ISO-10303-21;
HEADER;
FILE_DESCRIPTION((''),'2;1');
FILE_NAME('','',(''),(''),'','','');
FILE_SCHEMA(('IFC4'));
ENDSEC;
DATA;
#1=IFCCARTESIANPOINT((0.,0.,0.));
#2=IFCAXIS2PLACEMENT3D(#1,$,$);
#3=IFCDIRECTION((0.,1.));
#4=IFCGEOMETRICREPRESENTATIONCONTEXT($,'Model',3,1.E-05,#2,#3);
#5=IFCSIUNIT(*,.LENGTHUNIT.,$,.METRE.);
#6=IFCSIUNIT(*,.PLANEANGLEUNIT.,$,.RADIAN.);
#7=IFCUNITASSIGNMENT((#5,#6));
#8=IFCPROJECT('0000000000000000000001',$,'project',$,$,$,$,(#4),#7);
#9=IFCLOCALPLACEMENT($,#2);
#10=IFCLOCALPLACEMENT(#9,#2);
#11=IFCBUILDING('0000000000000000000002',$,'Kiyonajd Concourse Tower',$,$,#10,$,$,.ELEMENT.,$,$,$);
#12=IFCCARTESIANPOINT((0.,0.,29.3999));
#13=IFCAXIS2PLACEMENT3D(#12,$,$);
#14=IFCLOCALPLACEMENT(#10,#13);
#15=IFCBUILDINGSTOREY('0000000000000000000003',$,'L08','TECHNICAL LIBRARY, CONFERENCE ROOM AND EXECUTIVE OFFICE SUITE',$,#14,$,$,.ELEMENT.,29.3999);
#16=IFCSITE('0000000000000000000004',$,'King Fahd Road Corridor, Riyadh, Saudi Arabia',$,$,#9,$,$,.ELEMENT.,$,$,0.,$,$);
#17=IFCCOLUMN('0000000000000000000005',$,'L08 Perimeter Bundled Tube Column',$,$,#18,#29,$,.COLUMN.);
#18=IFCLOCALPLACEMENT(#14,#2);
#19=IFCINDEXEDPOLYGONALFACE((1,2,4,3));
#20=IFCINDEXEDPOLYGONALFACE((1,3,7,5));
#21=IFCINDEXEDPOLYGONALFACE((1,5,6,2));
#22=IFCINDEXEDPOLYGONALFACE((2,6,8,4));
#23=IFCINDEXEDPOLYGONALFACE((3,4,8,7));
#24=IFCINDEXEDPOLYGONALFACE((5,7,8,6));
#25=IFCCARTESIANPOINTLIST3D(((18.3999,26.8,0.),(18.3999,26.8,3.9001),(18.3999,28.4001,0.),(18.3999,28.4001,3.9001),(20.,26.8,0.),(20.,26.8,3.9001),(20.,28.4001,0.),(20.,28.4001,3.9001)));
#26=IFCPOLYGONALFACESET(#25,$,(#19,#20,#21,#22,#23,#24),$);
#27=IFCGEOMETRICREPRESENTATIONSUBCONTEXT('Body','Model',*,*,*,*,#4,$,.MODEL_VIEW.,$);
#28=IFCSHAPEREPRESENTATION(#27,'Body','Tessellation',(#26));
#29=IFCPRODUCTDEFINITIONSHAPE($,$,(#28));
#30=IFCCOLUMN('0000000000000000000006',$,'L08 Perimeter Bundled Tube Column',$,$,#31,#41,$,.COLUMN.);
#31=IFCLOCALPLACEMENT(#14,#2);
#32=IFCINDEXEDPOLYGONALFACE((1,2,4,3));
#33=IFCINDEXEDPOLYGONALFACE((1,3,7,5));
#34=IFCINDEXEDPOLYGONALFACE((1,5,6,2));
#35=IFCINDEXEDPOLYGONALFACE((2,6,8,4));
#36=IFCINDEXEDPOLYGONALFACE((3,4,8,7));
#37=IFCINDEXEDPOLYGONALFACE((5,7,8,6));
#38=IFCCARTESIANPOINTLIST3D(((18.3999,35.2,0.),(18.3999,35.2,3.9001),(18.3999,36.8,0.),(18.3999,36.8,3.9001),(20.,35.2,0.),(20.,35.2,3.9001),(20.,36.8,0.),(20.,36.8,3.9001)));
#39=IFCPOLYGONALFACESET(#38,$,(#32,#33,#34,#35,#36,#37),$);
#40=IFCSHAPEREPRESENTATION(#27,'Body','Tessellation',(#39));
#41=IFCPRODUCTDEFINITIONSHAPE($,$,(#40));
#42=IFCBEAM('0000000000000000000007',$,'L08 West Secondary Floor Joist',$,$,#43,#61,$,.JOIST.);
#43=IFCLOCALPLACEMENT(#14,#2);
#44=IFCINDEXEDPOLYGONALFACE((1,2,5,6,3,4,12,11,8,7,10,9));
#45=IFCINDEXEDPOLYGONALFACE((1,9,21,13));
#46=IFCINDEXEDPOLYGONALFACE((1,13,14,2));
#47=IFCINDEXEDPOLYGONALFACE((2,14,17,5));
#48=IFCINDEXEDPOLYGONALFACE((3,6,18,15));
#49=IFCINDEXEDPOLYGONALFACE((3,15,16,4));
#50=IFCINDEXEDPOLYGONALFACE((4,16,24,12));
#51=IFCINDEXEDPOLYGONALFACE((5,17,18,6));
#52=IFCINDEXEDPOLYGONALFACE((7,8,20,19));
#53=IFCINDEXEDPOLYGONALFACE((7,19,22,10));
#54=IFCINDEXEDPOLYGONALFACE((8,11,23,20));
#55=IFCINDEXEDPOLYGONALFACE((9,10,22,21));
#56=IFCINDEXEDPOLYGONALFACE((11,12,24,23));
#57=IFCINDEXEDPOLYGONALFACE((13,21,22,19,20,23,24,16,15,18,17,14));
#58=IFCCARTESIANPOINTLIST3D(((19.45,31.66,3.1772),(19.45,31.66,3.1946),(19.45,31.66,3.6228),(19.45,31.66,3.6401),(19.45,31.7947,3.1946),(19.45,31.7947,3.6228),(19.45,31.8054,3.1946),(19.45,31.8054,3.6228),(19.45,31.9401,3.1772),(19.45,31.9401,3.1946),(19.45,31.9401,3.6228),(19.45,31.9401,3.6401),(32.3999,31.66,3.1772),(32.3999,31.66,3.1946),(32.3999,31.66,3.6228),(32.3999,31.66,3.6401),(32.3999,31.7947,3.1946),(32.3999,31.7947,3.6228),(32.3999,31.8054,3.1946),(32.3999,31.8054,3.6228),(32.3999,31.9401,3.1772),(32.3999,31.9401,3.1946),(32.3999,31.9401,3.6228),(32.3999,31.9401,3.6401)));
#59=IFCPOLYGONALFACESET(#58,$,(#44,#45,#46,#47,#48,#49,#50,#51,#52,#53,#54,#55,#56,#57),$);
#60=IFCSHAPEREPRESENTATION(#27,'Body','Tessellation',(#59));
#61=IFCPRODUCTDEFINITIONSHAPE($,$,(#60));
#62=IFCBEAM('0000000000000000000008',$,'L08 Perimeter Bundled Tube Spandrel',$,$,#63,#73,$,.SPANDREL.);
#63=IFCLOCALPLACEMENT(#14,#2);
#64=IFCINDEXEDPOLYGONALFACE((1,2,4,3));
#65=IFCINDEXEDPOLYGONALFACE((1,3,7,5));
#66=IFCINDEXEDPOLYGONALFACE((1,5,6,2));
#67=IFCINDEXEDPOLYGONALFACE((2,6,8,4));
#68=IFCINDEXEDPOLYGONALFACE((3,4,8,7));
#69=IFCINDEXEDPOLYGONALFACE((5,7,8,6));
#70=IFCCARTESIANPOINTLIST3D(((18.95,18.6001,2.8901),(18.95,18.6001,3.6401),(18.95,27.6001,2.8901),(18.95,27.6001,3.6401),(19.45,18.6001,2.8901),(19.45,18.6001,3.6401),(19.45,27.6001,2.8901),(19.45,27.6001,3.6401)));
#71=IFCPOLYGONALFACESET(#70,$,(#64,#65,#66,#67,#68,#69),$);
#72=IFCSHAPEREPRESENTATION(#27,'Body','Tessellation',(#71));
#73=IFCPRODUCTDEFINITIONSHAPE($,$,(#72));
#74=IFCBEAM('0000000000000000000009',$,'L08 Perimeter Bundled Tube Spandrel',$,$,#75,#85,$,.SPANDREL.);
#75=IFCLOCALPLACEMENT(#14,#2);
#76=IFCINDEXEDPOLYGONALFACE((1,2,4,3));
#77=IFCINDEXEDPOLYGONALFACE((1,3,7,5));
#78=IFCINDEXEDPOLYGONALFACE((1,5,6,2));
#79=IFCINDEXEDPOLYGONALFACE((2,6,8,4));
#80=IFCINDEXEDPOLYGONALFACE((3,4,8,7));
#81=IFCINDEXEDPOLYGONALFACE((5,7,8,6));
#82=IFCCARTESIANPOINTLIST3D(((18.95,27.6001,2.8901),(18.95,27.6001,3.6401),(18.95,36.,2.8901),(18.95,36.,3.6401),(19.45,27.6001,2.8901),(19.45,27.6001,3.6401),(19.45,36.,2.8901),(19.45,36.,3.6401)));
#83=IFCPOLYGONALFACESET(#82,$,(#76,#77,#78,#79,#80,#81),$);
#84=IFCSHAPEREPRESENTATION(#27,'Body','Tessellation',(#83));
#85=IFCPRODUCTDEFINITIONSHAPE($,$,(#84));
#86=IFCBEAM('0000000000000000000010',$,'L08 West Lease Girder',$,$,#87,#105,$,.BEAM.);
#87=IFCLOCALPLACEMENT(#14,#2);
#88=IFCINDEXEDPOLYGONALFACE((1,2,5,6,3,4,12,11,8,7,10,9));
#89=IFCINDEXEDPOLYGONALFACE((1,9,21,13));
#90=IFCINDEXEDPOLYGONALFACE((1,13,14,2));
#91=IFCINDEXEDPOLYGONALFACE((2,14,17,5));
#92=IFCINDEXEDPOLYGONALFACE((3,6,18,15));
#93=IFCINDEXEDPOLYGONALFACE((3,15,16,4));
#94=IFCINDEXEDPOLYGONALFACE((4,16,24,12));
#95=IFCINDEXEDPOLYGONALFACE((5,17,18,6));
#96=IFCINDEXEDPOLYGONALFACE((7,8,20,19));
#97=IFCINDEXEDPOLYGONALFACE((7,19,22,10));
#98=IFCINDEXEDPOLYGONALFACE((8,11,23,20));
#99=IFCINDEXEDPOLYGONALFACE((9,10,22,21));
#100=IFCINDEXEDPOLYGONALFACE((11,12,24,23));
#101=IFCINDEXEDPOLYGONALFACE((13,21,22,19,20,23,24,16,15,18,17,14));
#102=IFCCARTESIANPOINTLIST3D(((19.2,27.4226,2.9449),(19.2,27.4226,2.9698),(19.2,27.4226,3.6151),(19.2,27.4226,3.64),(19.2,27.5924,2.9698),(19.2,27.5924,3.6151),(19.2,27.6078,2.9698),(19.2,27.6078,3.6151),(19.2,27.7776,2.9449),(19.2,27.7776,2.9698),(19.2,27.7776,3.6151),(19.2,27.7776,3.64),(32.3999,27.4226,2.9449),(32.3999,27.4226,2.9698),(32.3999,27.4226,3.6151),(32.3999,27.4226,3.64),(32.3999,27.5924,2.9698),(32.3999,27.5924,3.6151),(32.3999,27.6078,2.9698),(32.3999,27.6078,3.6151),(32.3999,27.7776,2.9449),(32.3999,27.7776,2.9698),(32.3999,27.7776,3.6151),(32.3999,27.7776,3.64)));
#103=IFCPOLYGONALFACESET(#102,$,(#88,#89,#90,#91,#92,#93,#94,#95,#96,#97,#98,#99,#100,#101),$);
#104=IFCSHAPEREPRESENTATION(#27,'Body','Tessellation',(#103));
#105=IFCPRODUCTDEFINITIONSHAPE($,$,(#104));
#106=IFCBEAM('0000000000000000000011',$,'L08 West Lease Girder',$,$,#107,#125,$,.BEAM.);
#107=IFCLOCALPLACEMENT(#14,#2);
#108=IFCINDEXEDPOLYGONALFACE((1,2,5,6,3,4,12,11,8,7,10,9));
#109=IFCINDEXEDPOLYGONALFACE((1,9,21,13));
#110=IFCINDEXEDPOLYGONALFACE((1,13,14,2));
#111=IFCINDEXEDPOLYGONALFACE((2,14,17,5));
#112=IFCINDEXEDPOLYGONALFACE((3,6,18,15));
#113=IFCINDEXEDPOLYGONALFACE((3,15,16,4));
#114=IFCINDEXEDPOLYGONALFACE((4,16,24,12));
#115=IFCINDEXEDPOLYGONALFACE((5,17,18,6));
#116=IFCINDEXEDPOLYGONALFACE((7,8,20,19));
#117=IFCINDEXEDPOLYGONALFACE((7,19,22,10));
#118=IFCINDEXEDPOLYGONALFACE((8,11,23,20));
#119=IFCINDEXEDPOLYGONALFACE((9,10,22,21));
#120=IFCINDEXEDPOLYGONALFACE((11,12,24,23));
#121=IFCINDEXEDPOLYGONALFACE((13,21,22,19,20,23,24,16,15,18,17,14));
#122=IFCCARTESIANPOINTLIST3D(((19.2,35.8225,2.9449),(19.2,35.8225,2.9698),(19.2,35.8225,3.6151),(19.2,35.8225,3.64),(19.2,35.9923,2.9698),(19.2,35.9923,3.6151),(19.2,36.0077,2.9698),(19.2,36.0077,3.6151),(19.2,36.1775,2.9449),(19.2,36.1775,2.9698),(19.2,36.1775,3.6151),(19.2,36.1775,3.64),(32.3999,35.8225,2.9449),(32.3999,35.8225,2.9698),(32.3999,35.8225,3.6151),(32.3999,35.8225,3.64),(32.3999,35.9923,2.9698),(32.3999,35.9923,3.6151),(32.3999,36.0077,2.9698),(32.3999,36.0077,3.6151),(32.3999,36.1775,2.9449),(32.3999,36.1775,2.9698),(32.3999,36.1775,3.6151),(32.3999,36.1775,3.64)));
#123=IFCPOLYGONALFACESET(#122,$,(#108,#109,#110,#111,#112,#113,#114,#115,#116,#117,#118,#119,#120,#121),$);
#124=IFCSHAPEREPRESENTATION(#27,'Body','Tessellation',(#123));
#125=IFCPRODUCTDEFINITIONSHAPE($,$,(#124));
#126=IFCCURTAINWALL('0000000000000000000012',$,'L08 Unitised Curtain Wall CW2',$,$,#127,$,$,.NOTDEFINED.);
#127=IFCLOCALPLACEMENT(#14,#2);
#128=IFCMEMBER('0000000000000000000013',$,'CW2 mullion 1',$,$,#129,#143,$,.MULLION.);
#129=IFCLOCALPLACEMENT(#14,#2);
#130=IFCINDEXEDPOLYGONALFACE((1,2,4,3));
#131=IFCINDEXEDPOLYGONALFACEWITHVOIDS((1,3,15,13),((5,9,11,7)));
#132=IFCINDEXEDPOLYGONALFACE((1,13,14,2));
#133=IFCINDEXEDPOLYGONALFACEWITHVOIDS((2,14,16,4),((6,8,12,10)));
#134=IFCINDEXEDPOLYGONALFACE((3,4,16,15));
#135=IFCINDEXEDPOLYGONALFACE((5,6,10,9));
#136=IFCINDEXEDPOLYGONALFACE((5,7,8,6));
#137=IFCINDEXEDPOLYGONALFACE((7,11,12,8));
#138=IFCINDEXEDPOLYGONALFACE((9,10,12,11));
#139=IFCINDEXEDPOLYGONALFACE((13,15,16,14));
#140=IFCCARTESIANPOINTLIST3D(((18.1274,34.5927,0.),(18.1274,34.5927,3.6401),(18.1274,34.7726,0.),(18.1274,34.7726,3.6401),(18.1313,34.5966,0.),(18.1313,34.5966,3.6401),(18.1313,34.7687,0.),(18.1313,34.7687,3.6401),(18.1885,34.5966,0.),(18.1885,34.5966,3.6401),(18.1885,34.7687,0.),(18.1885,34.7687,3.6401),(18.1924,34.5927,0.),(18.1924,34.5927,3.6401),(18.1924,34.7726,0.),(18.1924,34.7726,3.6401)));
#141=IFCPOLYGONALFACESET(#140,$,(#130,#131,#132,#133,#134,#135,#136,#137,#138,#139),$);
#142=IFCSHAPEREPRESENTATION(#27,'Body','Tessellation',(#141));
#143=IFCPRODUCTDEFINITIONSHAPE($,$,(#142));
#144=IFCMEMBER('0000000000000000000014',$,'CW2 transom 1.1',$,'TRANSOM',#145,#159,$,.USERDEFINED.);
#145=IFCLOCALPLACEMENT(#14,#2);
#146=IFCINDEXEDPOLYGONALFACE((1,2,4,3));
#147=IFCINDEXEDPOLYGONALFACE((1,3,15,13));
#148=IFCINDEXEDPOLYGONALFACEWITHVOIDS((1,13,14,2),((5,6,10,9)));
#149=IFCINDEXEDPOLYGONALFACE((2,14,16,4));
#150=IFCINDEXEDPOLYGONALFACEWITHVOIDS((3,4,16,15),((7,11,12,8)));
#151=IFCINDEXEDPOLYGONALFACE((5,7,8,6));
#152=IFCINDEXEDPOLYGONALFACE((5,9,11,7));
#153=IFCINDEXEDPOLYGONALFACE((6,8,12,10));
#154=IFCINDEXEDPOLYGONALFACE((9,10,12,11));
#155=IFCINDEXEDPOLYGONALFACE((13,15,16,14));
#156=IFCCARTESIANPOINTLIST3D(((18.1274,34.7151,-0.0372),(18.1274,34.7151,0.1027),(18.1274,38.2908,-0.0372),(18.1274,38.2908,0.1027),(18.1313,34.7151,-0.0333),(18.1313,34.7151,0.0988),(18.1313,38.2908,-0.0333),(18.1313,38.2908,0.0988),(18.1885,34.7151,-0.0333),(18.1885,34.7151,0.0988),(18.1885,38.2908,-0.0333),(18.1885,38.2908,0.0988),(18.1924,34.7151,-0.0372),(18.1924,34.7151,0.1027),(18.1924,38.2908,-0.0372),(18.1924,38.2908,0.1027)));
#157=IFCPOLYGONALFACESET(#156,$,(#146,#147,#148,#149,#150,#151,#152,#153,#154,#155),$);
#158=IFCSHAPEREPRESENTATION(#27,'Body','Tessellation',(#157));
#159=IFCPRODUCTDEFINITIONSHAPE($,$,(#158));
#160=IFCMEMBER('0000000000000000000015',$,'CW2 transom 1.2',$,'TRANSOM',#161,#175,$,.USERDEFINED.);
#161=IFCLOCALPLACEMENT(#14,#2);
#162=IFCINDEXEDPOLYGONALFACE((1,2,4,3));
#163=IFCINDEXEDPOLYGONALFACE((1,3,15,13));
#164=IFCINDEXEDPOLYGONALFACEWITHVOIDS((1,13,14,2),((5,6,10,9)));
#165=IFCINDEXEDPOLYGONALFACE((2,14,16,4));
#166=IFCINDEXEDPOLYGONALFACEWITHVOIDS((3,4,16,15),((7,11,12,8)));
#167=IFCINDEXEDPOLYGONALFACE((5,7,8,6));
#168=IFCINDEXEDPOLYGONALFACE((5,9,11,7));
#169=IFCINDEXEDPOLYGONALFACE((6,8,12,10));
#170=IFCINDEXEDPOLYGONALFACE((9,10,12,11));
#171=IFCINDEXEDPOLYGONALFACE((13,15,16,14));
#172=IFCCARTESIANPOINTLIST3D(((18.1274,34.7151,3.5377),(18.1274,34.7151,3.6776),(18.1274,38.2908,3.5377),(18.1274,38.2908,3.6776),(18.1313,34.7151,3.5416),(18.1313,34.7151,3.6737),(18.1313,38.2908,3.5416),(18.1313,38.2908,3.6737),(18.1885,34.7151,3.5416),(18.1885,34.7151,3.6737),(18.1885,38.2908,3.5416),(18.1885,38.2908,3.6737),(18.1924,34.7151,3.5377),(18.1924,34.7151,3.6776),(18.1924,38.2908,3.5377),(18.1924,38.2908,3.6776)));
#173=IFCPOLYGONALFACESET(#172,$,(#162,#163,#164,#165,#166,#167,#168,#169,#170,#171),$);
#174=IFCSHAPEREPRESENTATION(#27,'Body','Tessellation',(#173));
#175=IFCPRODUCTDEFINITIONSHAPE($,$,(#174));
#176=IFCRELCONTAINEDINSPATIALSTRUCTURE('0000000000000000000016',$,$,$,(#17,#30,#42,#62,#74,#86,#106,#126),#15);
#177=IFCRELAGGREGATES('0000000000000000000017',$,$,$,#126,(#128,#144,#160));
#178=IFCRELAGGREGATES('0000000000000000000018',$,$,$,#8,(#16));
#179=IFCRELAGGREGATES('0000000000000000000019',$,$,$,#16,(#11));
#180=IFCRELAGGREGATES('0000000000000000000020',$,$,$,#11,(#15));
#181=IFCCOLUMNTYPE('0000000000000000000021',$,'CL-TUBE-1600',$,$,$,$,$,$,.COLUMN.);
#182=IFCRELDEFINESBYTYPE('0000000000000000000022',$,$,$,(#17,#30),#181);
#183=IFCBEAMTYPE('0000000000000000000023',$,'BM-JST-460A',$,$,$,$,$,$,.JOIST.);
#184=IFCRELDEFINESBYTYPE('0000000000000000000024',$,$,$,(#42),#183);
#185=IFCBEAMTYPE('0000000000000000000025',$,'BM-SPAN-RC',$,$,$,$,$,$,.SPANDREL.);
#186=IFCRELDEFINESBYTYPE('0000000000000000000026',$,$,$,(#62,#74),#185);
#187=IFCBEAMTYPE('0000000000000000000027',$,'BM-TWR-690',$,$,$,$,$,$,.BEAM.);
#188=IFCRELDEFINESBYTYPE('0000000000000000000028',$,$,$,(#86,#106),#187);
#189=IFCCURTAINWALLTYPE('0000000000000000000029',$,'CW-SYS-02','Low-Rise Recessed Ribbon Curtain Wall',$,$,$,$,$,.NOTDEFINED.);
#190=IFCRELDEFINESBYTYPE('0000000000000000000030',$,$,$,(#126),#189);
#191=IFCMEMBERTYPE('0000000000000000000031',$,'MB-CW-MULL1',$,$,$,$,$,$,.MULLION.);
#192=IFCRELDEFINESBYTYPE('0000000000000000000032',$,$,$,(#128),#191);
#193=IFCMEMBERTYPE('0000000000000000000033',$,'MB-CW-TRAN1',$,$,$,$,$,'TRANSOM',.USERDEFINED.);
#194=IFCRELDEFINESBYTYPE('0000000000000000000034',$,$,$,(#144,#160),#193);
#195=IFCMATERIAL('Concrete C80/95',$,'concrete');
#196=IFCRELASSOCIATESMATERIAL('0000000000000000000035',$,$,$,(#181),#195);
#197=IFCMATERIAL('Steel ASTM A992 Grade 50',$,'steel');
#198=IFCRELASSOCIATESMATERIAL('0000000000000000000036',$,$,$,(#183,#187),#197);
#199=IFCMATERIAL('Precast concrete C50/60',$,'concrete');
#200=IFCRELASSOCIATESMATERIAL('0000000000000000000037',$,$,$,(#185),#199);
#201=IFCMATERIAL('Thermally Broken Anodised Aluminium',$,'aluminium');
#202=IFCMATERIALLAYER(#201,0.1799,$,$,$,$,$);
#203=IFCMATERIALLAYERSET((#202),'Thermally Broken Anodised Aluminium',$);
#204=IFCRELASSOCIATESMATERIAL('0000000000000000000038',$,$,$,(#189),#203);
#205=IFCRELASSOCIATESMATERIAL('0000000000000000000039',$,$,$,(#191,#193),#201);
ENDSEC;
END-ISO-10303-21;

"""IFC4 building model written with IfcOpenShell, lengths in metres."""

from ifc_helpers import new_model, si_unit, direction, frame, origin, origin_2d, place, context, subcontext, project, spatial, rectangle, hollow_rectangle, i_section, extrude, material, layer, layer_set, material_profile, profile_set, type_object, element, aggregate, save


model = new_model("IFC4")

# Units and contexts
model_context = context("Model", 3, precision=1e-05, world=origin(), true_north=direction((0.0, 1.0)))
body_context = subcontext(model_context, "Body", "Model", "MODEL_VIEW")
ifc_project = project(units=[si_unit("LENGTHUNIT", "METRE"), si_unit("PLANEANGLEUNIT", "RADIAN")], contexts=[model_context])

# Site, building, storey
site_placement = place(None, origin())
site = spatial("IfcSite", under=ifc_project, at=site_placement, Name="King Fahd Road Corridor, Riyadh, Saudi Arabia", CompositionType="ELEMENT", RefElevation=0.0)
building_placement = place(site_placement, origin())
building = spatial("IfcBuilding", under=site, at=building_placement, Name="Kiyonajd Concourse Tower", CompositionType="ELEMENT")
storey_placement = place(building_placement, frame((0.0, 0.0, 29.3999)))
storey = spatial("IfcBuildingStorey", under=building, at=storey_placement, Name="L08", Description="TECHNICAL LIBRARY, CONFERENCE ROOM AND EXECUTIVE OFFICE SUITE", CompositionType="ELEMENT", Elevation=29.3999)

# Columns
ifc_material_1 = material(Name="Concrete C80/95", Category="concrete")
ifc_material_profile_1 = material_profile(ifc_material_1, rectangle(XDim=1.6001, YDim=1.6001, at=origin_2d()), Name="RC-1600x1600")
ifc_profile_set_1 = profile_set([ifc_material_profile_1], Name="Concrete C80/95")
column_type = type_object("IfcColumnType", Name="CL-TUBE-1600", PredefinedType="COLUMN", material=ifc_profile_set_1)
for number, where, z_axis, x_axis, name in (
    (1, (19.2, 27.6001, 0.0), (0.0, 0.0, 1.0), (1.0, 0.0, 0.0), "L08 Perimeter Bundled Tube Column"),
    (2, (19.2, 36.0, 0.0), (0.0, 0.0, 1.0), (1.0, 0.0, 0.0), "L08 Perimeter Bundled Tube Column"),
):
    element("IfcColumn", number, at=place(storey_placement, frame(where, z_axis=z_axis, x_axis=x_axis)), inside=storey, type_object=column_type, Name=name, PredefinedType="COLUMN", context=body_context, shape_type="SweptSolid", body=[
        extrude(rectangle(XDim=1.6001, YDim=1.6001, at=origin_2d()), origin(), (0.0, 0.0, 1.0), 3.9001),
    ])

# Beams
ifc_material_2 = material(Name="Steel ASTM A992 Grade 50", Category="steel")
ifc_material_profile_2 = material_profile(ifc_material_2, i_section(OverallWidth=0.28, OverallDepth=0.4629, WebThickness=0.0107, FlangeThickness=0.0173, at=origin_2d()), Name="W460X113")
ifc_profile_set_2 = profile_set([ifc_material_profile_2], Name="Steel ASTM A992 Grade 50")
beam_type_1 = type_object("IfcBeamType", Name="BM-JST-460A", PredefinedType="JOIST", material=ifc_profile_set_2)
beam_1_placement = place(storey_placement, frame((19.45, 31.8, 3.4087), z_axis=(1.0, 0.0, 0.0), x_axis=(0.0, 1.0, 0.0)))
element("IfcBeam", 3, at=beam_1_placement, inside=storey, type_object=beam_type_1, Name="L08 West Secondary Floor Joist", PredefinedType="JOIST", context=body_context, shape_type="SweptSolid", body=[
    extrude(i_section(OverallWidth=0.28, OverallDepth=0.4629, WebThickness=0.0107, FlangeThickness=0.0173, at=origin_2d()), origin(), (0.0, 0.0, 1.0), 12.95),
])
ifc_material_3 = material(Name="Precast concrete C50/60", Category="concrete")
ifc_material_profile_3 = material_profile(ifc_material_3, rectangle(XDim=0.5, YDim=0.75, at=origin_2d()), Name="RCBM-500x750")
ifc_profile_set_3 = profile_set([ifc_material_profile_3], Name="Precast concrete C50/60")
beam_type_2 = type_object("IfcBeamType", Name="BM-SPAN-RC", PredefinedType="SPANDREL", material=ifc_profile_set_3)
beam_2_placement = place(storey_placement, frame((19.2, 27.6001, 3.2651), z_axis=(0.0, -1.0, 0.0), x_axis=(1.0, 0.0, 0.0)))
element("IfcBeam", 4, at=beam_2_placement, inside=storey, type_object=beam_type_2, Name="L08 Perimeter Bundled Tube Spandrel", PredefinedType="SPANDREL", context=body_context, shape_type="SweptSolid", body=[
    extrude(rectangle(XDim=0.5, YDim=0.75, at=origin_2d()), origin(), (0.0, 0.0, 1.0), 9.0),
])
beam_3_placement = place(storey_placement, frame((19.2, 36.0, 3.2651), z_axis=(0.0, -1.0, 0.0), x_axis=(1.0, 0.0, 0.0)))
element("IfcBeam", 5, at=beam_3_placement, inside=storey, type_object=beam_type_2, Name="L08 Perimeter Bundled Tube Spandrel", PredefinedType="SPANDREL", context=body_context, shape_type="SweptSolid", body=[
    extrude(rectangle(XDim=0.5, YDim=0.75, at=origin_2d()), origin(), (0.0, 0.0, 1.0), 8.3999),
])
ifc_material_profile_4 = material_profile(ifc_material_2, i_section(OverallWidth=0.355, OverallDepth=0.6951, WebThickness=0.0154, FlangeThickness=0.0249, at=origin_2d()), Name="W690X217")
ifc_profile_set_4 = profile_set([ifc_material_profile_4], Name="Steel ASTM A992 Grade 50")
beam_type_3 = type_object("IfcBeamType", Name="BM-TWR-690", PredefinedType="BEAM", material=ifc_profile_set_4)
for number, where, z_axis, x_axis, name in (
    (6, (19.2, 27.6001, 3.2925), (1.0, 0.0, 0.0), (0.0, 1.0, 0.0), "L08 West Lease Girder"),
    (7, (19.2, 36.0, 3.2925), (1.0, 0.0, 0.0), (0.0, 1.0, 0.0), "L08 West Lease Girder"),
):
    element("IfcBeam", number, at=place(storey_placement, frame(where, z_axis=z_axis, x_axis=x_axis)), inside=storey, type_object=beam_type_3, Name=name, PredefinedType="BEAM", context=body_context, shape_type="SweptSolid", body=[
        extrude(i_section(OverallWidth=0.355, OverallDepth=0.6951, WebThickness=0.0154, FlangeThickness=0.0249, at=origin_2d()), origin(), (0.0, 0.0, 1.0), 13.2),
    ])

# Curtain wall, members
ifc_material_4 = material(Name="Thermally Broken Anodised Aluminium", Category="aluminium")
ifc_layer_1 = layer(ifc_material_4, 0.1799)
ifc_layer_set_1 = layer_set([ifc_layer_1], Name="Thermally Broken Anodised Aluminium")
curtain_wall_type = type_object("IfcCurtainWallType", Name="CW-SYS-02", Description="Low-Rise Recessed Ribbon Curtain Wall", PredefinedType="NOTDEFINED", material=ifc_layer_set_1)
curtain_wall_placement = place(storey_placement, origin())
curtain_wall = element("IfcCurtainWall", 8, at=curtain_wall_placement, inside=storey, type_object=curtain_wall_type, Name="L08 Unitised Curtain Wall CW2", PredefinedType="NOTDEFINED")
ifc_material_profile_5 = material_profile(ifc_material_4, hollow_rectangle(XDim=0.0649, YDim=0.1799, WallThickness=0.0039, at=origin_2d()), Name="MULL-65x180")
ifc_profile_set_5 = profile_set([ifc_material_profile_5], Name="Thermally Broken Anodised Aluminium")
member_type_1 = type_object("IfcMemberType", Name="MB-CW-MULL1", PredefinedType="MULLION", material=ifc_profile_set_5)
member_1_placement = place(storey_placement, frame((18.1599, 34.6826, 0.0), z_axis=(0.0, 0.0, 1.0), x_axis=(-1.0, 0.0, 0.0)))
member_1 = element("IfcMember", 9, at=member_1_placement, type_object=member_type_1, Name="CW2 mullion 1", PredefinedType="MULLION", context=body_context, shape_type="SweptSolid", body=[
    extrude(hollow_rectangle(XDim=0.0649, YDim=0.1799, WallThickness=0.0039, at=origin_2d()), origin(), (0.0, 0.0, 1.0), 3.6401),
])
ifc_material_profile_6 = material_profile(ifc_material_4, hollow_rectangle(XDim=0.0649, YDim=0.1399, WallThickness=0.0039, at=origin_2d()), Name="TRAN-65x140")
ifc_profile_set_6 = profile_set([ifc_material_profile_6], Name="Thermally Broken Anodised Aluminium")
member_type_2 = type_object("IfcMemberType", Name="MB-CW-TRAN1", ElementType="TRANSOM", PredefinedType="USERDEFINED", material=ifc_profile_set_6)
member_2_placement = place(storey_placement, frame((18.1599, 34.7151, 0.0327), z_axis=(0.0, 1.0, 0.0), x_axis=(-1.0, 0.0, 0.0)))
member_2 = element("IfcMember", 10, at=member_2_placement, type_object=member_type_2, Name="CW2 transom 1.1", ObjectType="TRANSOM", PredefinedType="USERDEFINED", context=body_context, shape_type="SweptSolid", body=[
    extrude(hollow_rectangle(XDim=0.0649, YDim=0.1399, WallThickness=0.0039, at=origin_2d()), origin(), (0.0, 0.0, 1.0), 3.5757),
])
member_3_placement = place(storey_placement, frame((18.1599, 34.7151, 3.6077), z_axis=(0.0, 1.0, 0.0), x_axis=(-1.0, 0.0, 0.0)))
member_3 = element("IfcMember", 11, at=member_3_placement, type_object=member_type_2, Name="CW2 transom 1.2", ObjectType="TRANSOM", PredefinedType="USERDEFINED", context=body_context, shape_type="SweptSolid", body=[
    extrude(hollow_rectangle(XDim=0.0649, YDim=0.1399, WallThickness=0.0039, at=origin_2d()), origin(), (0.0, 0.0, 1.0), 3.5757),
])

aggregate(curtain_wall, [member_1, member_2, member_3])

save(model, "model.ifc")
